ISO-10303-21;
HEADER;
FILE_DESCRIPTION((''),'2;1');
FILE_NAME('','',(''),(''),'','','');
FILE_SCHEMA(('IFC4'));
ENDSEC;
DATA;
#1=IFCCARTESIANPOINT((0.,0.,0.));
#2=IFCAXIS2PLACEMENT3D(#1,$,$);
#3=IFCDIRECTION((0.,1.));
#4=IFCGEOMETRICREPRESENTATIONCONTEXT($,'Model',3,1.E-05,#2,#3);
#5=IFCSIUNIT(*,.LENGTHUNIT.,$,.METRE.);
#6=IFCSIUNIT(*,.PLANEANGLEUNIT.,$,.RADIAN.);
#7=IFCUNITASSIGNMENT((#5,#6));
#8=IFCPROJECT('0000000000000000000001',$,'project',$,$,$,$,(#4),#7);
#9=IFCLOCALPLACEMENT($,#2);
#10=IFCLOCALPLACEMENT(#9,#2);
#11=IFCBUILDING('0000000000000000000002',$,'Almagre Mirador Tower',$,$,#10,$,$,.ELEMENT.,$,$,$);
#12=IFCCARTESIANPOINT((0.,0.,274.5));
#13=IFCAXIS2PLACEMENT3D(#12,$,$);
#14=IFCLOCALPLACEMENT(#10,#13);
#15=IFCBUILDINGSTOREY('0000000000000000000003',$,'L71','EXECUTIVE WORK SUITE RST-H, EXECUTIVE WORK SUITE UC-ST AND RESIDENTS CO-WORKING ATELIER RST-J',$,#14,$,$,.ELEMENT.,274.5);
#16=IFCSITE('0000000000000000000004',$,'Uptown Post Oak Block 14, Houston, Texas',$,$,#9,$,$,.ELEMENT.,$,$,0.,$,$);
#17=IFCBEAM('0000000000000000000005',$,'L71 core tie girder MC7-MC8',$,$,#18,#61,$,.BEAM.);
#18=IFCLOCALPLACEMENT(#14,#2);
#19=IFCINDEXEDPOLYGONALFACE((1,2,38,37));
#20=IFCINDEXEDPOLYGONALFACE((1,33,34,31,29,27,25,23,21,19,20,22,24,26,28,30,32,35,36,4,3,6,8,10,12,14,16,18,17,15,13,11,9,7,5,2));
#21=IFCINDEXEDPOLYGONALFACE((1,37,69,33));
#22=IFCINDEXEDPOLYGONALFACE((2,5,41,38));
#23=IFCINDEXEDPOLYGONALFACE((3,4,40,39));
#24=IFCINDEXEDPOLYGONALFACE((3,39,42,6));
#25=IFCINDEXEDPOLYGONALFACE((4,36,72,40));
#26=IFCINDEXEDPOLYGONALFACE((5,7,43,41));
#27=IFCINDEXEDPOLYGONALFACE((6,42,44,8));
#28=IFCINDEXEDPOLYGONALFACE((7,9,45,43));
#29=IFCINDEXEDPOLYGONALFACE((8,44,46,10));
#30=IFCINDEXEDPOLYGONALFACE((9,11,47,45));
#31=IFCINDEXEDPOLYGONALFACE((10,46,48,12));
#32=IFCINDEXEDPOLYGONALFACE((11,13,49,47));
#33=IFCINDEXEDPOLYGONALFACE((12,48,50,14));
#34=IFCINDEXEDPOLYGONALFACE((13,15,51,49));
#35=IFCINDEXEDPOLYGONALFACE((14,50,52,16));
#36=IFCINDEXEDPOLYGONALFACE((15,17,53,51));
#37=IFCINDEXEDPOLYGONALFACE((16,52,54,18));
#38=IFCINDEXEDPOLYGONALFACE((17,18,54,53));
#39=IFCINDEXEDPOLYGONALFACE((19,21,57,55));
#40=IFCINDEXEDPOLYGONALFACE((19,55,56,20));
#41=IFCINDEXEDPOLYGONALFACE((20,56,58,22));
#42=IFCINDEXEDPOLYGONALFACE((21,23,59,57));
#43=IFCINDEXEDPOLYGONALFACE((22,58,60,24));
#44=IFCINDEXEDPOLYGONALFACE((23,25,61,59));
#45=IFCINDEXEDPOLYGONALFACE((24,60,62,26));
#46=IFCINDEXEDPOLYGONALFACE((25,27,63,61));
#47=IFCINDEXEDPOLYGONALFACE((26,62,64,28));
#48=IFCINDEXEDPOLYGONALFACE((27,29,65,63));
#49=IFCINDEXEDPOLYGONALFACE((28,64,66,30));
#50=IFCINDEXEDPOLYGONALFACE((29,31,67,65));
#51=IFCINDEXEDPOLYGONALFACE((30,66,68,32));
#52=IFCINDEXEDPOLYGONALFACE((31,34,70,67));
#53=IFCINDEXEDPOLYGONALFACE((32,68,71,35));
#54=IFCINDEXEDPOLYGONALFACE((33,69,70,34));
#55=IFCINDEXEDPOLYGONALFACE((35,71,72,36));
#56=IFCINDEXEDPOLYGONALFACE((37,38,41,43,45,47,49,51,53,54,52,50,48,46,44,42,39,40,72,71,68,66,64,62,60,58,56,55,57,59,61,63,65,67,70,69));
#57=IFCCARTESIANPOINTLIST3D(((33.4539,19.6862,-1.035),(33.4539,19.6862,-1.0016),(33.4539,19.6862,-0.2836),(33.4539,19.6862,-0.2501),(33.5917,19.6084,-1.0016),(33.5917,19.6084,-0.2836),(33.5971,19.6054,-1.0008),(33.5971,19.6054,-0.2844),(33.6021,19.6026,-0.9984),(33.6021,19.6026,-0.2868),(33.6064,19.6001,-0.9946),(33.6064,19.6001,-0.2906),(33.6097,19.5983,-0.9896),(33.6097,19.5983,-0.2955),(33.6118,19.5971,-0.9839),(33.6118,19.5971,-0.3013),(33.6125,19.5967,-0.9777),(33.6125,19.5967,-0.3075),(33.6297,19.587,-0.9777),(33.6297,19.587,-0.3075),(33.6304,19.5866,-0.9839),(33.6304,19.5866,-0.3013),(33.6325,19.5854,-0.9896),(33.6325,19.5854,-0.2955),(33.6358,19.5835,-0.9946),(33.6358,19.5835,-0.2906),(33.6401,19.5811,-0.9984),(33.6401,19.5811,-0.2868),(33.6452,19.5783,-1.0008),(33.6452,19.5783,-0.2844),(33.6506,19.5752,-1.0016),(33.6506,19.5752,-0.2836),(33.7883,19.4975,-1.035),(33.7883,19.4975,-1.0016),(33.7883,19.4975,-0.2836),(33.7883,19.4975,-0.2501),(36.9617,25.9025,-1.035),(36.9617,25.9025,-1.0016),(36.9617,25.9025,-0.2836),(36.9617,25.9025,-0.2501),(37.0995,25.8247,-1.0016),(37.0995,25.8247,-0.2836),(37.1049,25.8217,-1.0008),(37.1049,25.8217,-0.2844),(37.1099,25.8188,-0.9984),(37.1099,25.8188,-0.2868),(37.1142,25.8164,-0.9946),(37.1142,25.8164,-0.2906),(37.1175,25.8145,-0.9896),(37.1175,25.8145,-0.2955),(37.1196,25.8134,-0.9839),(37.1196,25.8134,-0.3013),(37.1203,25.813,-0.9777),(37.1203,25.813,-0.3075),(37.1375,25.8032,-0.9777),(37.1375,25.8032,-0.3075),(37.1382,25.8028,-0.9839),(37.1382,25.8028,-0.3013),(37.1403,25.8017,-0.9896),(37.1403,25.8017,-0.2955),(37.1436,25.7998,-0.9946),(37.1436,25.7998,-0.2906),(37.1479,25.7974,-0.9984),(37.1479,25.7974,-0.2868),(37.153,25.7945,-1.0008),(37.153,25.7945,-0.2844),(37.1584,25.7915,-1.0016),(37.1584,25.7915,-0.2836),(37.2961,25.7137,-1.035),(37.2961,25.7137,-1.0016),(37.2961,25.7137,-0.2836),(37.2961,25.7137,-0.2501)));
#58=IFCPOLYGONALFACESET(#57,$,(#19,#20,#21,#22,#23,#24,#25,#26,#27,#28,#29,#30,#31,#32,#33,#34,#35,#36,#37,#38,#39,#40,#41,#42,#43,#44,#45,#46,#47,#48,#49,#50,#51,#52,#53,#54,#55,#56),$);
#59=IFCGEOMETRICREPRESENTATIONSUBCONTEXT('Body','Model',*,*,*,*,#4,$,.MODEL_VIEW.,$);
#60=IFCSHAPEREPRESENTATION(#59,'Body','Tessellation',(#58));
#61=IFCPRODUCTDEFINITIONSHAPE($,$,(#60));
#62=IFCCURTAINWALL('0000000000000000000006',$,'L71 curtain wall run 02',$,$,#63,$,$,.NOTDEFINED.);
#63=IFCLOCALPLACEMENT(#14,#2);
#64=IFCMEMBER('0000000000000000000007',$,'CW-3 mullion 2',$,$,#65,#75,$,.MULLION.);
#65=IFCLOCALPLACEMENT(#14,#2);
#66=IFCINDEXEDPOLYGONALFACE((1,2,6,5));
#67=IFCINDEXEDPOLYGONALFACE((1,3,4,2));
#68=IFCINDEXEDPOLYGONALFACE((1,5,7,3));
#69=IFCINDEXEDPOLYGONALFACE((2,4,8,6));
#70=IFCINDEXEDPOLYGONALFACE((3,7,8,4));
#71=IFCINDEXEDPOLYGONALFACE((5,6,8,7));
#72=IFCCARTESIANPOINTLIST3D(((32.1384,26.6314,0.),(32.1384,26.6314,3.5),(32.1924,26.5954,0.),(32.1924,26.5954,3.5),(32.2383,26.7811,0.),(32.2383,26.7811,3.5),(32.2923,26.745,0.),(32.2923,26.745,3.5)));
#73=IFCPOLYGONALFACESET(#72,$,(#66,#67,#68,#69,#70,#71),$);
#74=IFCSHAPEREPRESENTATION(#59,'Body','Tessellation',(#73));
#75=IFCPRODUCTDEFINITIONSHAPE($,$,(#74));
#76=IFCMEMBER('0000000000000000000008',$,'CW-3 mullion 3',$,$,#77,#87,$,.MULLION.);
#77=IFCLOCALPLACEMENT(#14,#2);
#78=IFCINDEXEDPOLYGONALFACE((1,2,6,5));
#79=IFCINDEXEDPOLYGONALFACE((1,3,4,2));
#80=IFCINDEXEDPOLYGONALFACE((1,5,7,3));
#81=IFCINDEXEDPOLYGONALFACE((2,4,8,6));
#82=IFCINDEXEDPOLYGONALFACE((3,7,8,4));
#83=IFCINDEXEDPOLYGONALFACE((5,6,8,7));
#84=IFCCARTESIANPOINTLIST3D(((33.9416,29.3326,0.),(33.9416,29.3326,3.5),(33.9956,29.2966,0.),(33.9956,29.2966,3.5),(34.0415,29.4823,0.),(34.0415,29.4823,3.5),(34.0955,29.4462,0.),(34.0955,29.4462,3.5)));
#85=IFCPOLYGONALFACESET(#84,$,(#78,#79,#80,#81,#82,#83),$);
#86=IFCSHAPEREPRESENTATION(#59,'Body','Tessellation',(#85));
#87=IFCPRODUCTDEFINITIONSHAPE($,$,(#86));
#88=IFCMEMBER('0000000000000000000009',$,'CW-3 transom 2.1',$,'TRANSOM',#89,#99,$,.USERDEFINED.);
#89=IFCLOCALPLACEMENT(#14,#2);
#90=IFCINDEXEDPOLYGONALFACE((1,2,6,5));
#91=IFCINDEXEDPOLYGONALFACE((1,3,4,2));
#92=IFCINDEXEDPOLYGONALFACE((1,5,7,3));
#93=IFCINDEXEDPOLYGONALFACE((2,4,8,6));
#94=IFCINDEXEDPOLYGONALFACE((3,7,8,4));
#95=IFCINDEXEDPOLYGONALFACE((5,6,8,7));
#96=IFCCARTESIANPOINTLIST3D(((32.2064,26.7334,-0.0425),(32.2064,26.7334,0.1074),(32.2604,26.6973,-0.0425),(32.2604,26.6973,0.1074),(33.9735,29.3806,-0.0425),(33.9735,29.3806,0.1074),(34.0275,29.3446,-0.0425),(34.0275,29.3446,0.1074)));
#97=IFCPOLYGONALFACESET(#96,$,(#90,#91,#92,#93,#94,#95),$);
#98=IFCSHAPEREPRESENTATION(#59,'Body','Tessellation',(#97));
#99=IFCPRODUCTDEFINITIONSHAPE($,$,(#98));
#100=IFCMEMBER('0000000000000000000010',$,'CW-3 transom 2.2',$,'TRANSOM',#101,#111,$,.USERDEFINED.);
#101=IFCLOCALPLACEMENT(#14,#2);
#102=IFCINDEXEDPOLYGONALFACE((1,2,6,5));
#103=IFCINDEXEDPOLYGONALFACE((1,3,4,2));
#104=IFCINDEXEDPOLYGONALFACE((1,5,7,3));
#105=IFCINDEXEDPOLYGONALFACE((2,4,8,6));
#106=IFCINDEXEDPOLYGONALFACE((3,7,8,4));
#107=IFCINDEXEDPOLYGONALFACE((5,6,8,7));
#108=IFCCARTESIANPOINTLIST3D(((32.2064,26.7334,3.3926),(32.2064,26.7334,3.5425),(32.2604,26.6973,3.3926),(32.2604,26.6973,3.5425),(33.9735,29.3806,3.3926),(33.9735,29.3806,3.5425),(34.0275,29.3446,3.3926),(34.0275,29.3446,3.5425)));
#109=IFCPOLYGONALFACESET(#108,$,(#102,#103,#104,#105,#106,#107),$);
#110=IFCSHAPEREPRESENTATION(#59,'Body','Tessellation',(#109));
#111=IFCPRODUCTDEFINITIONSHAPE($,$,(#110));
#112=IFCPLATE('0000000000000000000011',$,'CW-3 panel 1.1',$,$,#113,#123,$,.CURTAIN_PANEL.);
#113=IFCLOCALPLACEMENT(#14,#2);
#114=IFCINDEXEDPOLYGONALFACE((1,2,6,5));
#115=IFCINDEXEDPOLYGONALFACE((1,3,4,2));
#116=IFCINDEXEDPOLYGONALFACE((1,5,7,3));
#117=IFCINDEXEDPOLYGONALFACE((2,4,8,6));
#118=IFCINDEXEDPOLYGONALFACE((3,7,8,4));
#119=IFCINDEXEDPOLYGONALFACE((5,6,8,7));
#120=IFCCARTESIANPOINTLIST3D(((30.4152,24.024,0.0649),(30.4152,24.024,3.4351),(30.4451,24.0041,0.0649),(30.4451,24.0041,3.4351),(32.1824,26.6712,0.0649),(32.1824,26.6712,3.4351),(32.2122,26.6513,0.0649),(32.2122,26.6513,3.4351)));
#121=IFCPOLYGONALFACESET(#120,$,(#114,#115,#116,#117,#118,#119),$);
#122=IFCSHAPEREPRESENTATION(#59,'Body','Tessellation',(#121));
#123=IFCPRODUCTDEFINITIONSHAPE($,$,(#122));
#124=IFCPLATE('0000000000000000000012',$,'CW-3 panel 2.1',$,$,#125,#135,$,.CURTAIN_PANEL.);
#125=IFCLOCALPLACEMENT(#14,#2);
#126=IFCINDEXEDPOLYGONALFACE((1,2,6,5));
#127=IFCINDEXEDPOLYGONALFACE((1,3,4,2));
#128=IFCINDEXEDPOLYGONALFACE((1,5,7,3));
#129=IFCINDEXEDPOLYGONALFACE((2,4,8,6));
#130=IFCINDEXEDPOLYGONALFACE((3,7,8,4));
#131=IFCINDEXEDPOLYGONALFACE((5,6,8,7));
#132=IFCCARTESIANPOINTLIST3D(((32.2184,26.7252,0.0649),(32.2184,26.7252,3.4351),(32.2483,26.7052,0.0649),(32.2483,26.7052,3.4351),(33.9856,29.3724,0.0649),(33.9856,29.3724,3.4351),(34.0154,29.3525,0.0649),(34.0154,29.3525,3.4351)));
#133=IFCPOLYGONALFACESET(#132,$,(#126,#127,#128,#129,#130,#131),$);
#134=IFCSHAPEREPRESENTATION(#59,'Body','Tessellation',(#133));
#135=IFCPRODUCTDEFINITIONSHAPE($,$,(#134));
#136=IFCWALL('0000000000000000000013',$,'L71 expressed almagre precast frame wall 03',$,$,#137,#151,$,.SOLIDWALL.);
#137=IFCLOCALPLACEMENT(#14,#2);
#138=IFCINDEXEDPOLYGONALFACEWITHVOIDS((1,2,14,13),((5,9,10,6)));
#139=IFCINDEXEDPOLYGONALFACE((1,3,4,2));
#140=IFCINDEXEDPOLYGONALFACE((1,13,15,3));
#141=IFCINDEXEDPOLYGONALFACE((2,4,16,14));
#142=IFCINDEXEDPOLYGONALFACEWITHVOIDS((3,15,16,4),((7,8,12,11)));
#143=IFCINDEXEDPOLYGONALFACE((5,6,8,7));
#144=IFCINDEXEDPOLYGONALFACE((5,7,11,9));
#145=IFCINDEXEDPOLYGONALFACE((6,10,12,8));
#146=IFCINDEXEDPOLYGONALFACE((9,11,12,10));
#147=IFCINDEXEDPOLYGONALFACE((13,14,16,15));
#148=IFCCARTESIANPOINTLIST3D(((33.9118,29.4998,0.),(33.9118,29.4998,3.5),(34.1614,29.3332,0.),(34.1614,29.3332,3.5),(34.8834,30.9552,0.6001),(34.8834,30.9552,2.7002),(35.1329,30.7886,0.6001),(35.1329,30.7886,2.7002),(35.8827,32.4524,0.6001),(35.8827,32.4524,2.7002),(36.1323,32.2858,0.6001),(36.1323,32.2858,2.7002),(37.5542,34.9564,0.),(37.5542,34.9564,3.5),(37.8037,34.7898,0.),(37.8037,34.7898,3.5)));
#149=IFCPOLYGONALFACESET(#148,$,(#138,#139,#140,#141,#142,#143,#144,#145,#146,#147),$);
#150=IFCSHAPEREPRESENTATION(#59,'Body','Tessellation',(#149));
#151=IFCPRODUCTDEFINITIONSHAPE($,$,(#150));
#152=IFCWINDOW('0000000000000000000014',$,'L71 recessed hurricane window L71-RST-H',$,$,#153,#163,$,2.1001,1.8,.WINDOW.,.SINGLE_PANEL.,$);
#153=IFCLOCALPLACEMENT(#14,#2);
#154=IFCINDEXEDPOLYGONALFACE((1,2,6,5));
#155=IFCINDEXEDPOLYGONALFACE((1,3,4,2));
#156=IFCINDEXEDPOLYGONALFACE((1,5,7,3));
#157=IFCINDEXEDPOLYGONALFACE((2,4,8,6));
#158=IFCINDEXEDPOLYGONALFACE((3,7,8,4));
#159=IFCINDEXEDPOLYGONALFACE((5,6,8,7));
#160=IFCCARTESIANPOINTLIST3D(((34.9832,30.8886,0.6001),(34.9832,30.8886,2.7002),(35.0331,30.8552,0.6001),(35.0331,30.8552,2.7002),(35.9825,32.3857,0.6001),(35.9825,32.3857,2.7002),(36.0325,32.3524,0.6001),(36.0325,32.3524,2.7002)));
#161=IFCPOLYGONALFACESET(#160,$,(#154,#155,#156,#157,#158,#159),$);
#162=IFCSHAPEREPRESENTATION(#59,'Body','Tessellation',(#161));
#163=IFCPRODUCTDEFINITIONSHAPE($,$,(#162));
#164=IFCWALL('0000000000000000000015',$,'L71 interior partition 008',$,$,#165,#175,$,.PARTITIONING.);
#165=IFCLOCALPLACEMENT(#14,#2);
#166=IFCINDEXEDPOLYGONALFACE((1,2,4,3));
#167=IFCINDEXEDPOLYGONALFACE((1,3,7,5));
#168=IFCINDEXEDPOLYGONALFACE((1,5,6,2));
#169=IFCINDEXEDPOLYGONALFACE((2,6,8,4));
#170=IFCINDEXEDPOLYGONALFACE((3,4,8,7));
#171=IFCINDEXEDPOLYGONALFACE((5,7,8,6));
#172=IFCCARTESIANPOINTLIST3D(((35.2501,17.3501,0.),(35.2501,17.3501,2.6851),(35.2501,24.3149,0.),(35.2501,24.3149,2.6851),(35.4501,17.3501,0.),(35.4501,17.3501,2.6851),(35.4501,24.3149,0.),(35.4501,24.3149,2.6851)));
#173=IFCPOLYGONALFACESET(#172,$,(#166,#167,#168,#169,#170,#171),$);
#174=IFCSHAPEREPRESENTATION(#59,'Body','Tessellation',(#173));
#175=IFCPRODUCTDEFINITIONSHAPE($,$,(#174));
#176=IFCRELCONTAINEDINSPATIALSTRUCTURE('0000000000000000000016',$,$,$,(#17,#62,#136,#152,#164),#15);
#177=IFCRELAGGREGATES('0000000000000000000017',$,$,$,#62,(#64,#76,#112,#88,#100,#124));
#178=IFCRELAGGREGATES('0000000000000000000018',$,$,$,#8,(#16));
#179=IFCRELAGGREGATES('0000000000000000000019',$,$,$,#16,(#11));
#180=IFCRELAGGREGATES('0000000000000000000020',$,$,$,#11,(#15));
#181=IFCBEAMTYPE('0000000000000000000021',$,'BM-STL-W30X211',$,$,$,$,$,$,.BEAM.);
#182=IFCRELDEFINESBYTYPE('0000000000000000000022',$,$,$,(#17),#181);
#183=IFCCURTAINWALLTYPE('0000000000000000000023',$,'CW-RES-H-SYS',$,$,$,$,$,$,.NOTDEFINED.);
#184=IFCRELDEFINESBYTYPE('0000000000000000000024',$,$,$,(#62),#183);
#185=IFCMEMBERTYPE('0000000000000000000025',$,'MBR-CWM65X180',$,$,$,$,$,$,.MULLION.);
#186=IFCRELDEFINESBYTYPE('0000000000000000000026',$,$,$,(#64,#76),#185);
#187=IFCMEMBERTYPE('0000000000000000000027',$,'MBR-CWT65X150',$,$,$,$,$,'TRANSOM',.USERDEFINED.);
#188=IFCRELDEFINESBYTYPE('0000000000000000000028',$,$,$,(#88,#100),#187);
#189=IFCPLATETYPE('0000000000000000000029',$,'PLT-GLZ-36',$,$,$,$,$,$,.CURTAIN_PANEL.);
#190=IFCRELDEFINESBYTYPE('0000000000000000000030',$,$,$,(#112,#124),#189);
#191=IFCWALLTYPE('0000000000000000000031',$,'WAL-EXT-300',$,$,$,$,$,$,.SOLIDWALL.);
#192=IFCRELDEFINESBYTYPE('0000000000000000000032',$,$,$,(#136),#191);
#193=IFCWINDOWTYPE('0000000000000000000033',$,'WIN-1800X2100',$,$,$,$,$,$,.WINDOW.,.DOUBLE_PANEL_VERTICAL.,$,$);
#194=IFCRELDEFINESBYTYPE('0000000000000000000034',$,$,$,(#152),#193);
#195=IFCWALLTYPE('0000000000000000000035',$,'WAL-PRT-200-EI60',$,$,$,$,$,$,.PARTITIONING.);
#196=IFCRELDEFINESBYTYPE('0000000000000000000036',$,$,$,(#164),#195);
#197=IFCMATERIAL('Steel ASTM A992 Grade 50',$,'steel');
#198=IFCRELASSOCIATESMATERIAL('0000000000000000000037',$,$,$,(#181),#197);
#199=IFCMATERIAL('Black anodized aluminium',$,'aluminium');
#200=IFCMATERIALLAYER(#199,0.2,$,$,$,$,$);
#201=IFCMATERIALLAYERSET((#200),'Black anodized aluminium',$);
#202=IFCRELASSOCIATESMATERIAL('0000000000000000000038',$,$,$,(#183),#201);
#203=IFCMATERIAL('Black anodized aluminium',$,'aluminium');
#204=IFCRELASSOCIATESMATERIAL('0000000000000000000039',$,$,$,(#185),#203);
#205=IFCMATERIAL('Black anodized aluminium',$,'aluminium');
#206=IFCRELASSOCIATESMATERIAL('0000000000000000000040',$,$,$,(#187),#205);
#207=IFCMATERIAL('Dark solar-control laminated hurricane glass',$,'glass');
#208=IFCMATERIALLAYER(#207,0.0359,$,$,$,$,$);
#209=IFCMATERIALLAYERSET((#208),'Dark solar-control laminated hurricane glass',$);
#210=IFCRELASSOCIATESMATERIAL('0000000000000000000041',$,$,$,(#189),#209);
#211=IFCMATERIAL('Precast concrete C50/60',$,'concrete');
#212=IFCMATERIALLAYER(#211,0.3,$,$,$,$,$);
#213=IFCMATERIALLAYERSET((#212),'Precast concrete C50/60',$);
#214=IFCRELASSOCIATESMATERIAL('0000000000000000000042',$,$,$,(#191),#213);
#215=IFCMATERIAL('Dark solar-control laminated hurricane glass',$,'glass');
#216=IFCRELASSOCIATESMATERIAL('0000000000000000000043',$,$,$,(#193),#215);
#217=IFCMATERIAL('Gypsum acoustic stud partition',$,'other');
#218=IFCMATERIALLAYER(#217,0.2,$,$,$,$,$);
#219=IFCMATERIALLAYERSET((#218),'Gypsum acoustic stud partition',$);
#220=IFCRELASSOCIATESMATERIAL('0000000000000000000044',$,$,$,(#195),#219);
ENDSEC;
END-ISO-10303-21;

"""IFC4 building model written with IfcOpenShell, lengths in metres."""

from ifc_helpers import new_model, si_unit, direction, frame, frame_2d, origin, origin_2d, place, context, subcontext, project, spatial, rectangle, i_section, extrude, material, layer, layer_set, material_profile, profile_set, type_object, element, fill, aggregate, save


model = new_model("IFC4")

# Units and contexts
model_context = context("Model", 3, precision=1e-05, world=origin(), true_north=direction((0.0, 1.0)))
body_context = subcontext(model_context, "Body", "Model", "MODEL_VIEW")
ifc_project = project(units=[si_unit("LENGTHUNIT", "METRE"), si_unit("PLANEANGLEUNIT", "RADIAN")], contexts=[model_context])

# Site, building, storey
site_placement = place(None, origin())
site = spatial("IfcSite", under=ifc_project, at=site_placement, Name="Uptown Post Oak Block 14, Houston, Texas", CompositionType="ELEMENT", RefElevation=0.0)
building_placement = place(site_placement, origin())
building = spatial("IfcBuilding", under=site, at=building_placement, Name="Almagre Mirador Tower", CompositionType="ELEMENT")
storey_placement = place(building_placement, frame((0.0, 0.0, 274.5)))
storey = spatial("IfcBuildingStorey", under=building, at=storey_placement, Name="L71", Description="EXECUTIVE WORK SUITE RST-H, EXECUTIVE WORK SUITE UC-ST AND RESIDENTS CO-WORKING ATELIER RST-J", CompositionType="ELEMENT", Elevation=274.5)

# Beam
ifc_material_1 = material(Name="Steel ASTM A992 Grade 50", Category="steel")
ifc_material_profile_1 = material_profile(ifc_material_1, i_section(OverallWidth=0.384, OverallDepth=0.7849, WebThickness=0.0198, FlangeThickness=0.0334, FilletRadius=0.0239, at=origin_2d()), Name="W30X211")
ifc_profile_set_1 = profile_set([ifc_material_profile_1], Name="Steel ASTM A992 Grade 50")
beam_type_1 = type_object("IfcBeamType", Name="BM-STL-W30X211", PredefinedType="BEAM", material=ifc_profile_set_1)
beam_1_placement = place(storey_placement, frame((37.1289, 25.8081, -0.6426), z_axis=(-0.491446, -0.870908, 0.0), x_axis=(0.870908, -0.491446, 0.0)))
element("IfcBeam", 1, at=beam_1_placement, inside=storey, type_object=beam_type_1, Name="L71 core tie girder MC7-MC8", PredefinedType="BEAM", context=body_context, shape_type="SweptSolid", body=[
    extrude(i_section(OverallWidth=0.384, OverallDepth=0.7849, WebThickness=0.0198, FlangeThickness=0.0334, FilletRadius=0.0239, at=origin_2d()), origin(), (0.0, 0.0, 1.0), 7.1377),
])

# Curtain wall, members, plates
ifc_material_2 = material(Name="Black anodized aluminium", Category="aluminium")
ifc_layer_1 = layer(ifc_material_2, 0.2)
ifc_layer_set_1 = layer_set([ifc_layer_1], Name="Black anodized aluminium")
curtain_wall_type = type_object("IfcCurtainWallType", Name="CW-RES-H-SYS", PredefinedType="NOTDEFINED", material=ifc_layer_set_1)
curtain_wall_placement = place(storey_placement, origin())
curtain_wall = element("IfcCurtainWall", 2, at=curtain_wall_placement, inside=storey, type_object=curtain_wall_type, Name="L71 curtain wall run 02", PredefinedType="NOTDEFINED")
ifc_material_3 = material(Name="Black anodized aluminium", Category="aluminium")
ifc_material_profile_2 = material_profile(ifc_material_3, rectangle(XDim=0.0649, YDim=0.1799, at=origin_2d()), Name="CWM65X180")
ifc_profile_set_2 = profile_set([ifc_material_profile_2], Name="Black anodized aluminium")
member_type_1 = type_object("IfcMemberType", Name="MBR-CWM65X180", PredefinedType="MULLION", material=ifc_profile_set_2)
member_1_placement = place(storey_placement, frame((32.2153, 26.6882, 0.0), z_axis=(0.0, 0.0, 1.0), x_axis=(-0.83171, 0.55521, 0.0)))
member_1 = element("IfcMember", 3, at=member_1_placement, type_object=member_type_1, Name="CW-3 mullion 2", PredefinedType="MULLION", context=body_context, shape_type="SweptSolid", body=[
    extrude(rectangle(XDim=0.0649, YDim=0.1799, at=origin_2d()), origin(), (0.0, 0.0, 1.0), 3.5),
])
member_2_placement = place(storey_placement, frame((34.0186, 29.3894, 0.0), z_axis=(0.0, 0.0, 1.0), x_axis=(-0.83171, 0.55521, 0.0)))
member_2 = element("IfcMember", 4, at=member_2_placement, type_object=member_type_1, Name="CW-3 mullion 3", PredefinedType="MULLION", context=body_context, shape_type="SweptSolid", body=[
    extrude(rectangle(XDim=0.0649, YDim=0.1799, at=origin_2d()), origin(), (0.0, 0.0, 1.0), 3.5),
])
ifc_material_4 = material(Name="Black anodized aluminium", Category="aluminium")
ifc_material_profile_3 = material_profile(ifc_material_4, rectangle(XDim=0.0649, YDim=0.1499, at=origin_2d()), Name="CWT65X150")
ifc_profile_set_3 = profile_set([ifc_material_profile_3], Name="Black anodized aluminium")
member_type_2 = type_object("IfcMemberType", Name="MBR-CWT65X150", ElementType="TRANSOM", PredefinedType="USERDEFINED", material=ifc_profile_set_3)
member_3_placement = place(storey_placement, frame((32.2334, 26.7153, 0.0325), z_axis=(0.555196, 0.83172, 0.0), x_axis=(-0.83172, 0.555196, 0.0)))
member_3 = element("IfcMember", 5, at=member_3_placement, type_object=member_type_2, Name="CW-3 transom 2.1", ObjectType="TRANSOM", PredefinedType="USERDEFINED", context=body_context, shape_type="SweptSolid", body=[
    extrude(rectangle(XDim=0.0649, YDim=0.1499, at=origin_2d()), origin(), (0.0, 0.0, 1.0), 3.1829),
])
member_4_placement = place(storey_placement, frame((32.2334, 26.7153, 3.4675), z_axis=(0.555196, 0.83172, 0.0), x_axis=(-0.83172, 0.555196, 0.0)))
member_4 = element("IfcMember", 6, at=member_4_placement, type_object=member_type_2, Name="CW-3 transom 2.2", ObjectType="TRANSOM", PredefinedType="USERDEFINED", context=body_context, shape_type="SweptSolid", body=[
    extrude(rectangle(XDim=0.0649, YDim=0.1499, at=origin_2d()), origin(), (0.0, 0.0, 1.0), 3.1829),
])
ifc_material_5 = material(Name="Dark solar-control laminated hurricane glass", Category="glass")
ifc_layer_2 = layer(ifc_material_5, 0.0359)
ifc_layer_set_2 = layer_set([ifc_layer_2], Name="Dark solar-control laminated hurricane glass")
plate_type = type_object("IfcPlateType", Name="PLT-GLZ-36", PredefinedType="CURTAIN_PANEL", material=ifc_layer_set_2)
plate_1_placement = place(storey_placement, frame((31.3137, 25.3376, 0.0649), z_axis=(0.0, 0.0, 1.0), x_axis=(0.55521, 0.83171, 0.0)))
plate_1 = element("IfcPlate", 7, at=plate_1_placement, type_object=plate_type, Name="CW-3 panel 1.1", PredefinedType="CURTAIN_PANEL", context=body_context, shape_type="SweptSolid", body=[
    extrude(rectangle(XDim=3.1829, YDim=0.0359, at=origin_2d()), origin(), (0.0, 0.0, 1.0), 3.3701),
])
plate_2_placement = place(storey_placement, frame((33.1169, 28.0388, 0.0649), z_axis=(0.0, 0.0, 1.0), x_axis=(0.55521, 0.83171, 0.0)))
plate_2 = element("IfcPlate", 8, at=plate_2_placement, type_object=plate_type, Name="CW-3 panel 2.1", PredefinedType="CURTAIN_PANEL", context=body_context, shape_type="SweptSolid", body=[
    extrude(rectangle(XDim=3.1829, YDim=0.0359, at=origin_2d()), origin(), (0.0, 0.0, 1.0), 3.3701),
])
aggregate(curtain_wall, [member_1, member_2, plate_1, member_3, member_4, plate_2])

# Wall, opening, window
ifc_material_6 = material(Name="Precast concrete C50/60", Category="concrete")
ifc_layer_3 = layer(ifc_material_6, 0.3)
ifc_layer_set_3 = layer_set([ifc_layer_3], Name="Precast concrete C50/60")
wall_type_1 = type_object("IfcWallType", Name="WAL-EXT-300", PredefinedType="SOLIDWALL", material=ifc_layer_set_3)
wall_1_placement = place(storey_placement, frame((34.0366, 29.4165, 0.0), z_axis=(0.0, 0.0, 1.0), x_axis=(0.55519, 0.831724, 0.0)))
wall_1 = element("IfcWall", 9, at=wall_1_placement, inside=storey, type_object=wall_type_1, Name="L71 expressed almagre precast frame wall 03", PredefinedType="SOLIDWALL", context=body_context, shape_type="SweptSolid", body=[
    extrude(rectangle(XDim=6.5605, YDim=0.3, at=frame_2d((3.2803, 0.0))), origin(), (0.0, 0.0, 1.0), 3.5),
])
opening_placement = place(wall_1_placement, frame((1.75, 0.0, 0.6001)))
opening = element("IfcOpeningElement", 10, at=opening_placement, cuts=wall_1, PredefinedType="OPENING", context=body_context, shape_type="SweptSolid", body=[
    extrude(rectangle(XDim=1.8, YDim=2.1001, at=frame_2d((0.8999, 1.05))), frame((0.0, 0.1599, 0.0), z_axis=(0.0, -1.0, 0.0), x_axis=(1.0, 0.0, 0.0)), (0.0, 0.0, 1.0), 0.32),
])
ifc_material_7 = material(Name="Dark solar-control laminated hurricane glass", Category="glass")
window_type = type_object("IfcWindowType", Name="WIN-1800X2100", PartitioningType="DOUBLE_PANEL_VERTICAL", PredefinedType="WINDOW", material=ifc_material_7)
window_placement = place(opening_placement, origin())
window = element("IfcWindow", 11, at=window_placement, inside=storey, type_object=window_type, Name="L71 recessed hurricane window L71-RST-H", OverallHeight=2.1001, OverallWidth=1.8, PartitioningType="SINGLE_PANEL", PredefinedType="WINDOW", context=body_context, shape_type="SweptSolid", body=[
    extrude(rectangle(XDim=1.8, YDim=2.1001, at=frame_2d((0.8999, 1.05))), frame((0.0, 0.03, 0.0), z_axis=(0.0, -1.0, 0.0), x_axis=(1.0, 0.0, 0.0)), (0.0, 0.0, 1.0), 0.0601),
])
fill(opening, window)

# Wall
ifc_material_8 = material(Name="Gypsum acoustic stud partition", Category="other")
ifc_layer_4 = layer(ifc_material_8, 0.2)
ifc_layer_set_4 = layer_set([ifc_layer_4], Name="Gypsum acoustic stud partition")
wall_type_2 = type_object("IfcWallType", Name="WAL-PRT-200-EI60", PredefinedType="PARTITIONING", material=ifc_layer_set_4)
wall_2_placement = place(storey_placement, frame((35.3501, 24.3149, 0.0), z_axis=(0.0, 0.0, 1.0), x_axis=(0.0, -1.0, 0.0)))
element("IfcWall", 12, at=wall_2_placement, inside=storey, type_object=wall_type_2, Name="L71 interior partition 008", PredefinedType="PARTITIONING", context=body_context, shape_type="SweptSolid", body=[
    extrude(rectangle(XDim=6.9648, YDim=0.2, at=frame_2d((3.4824, 0.0))), origin(), (0.0, 0.0, 1.0), 2.6851),
])

save(model, "model.ifc")
